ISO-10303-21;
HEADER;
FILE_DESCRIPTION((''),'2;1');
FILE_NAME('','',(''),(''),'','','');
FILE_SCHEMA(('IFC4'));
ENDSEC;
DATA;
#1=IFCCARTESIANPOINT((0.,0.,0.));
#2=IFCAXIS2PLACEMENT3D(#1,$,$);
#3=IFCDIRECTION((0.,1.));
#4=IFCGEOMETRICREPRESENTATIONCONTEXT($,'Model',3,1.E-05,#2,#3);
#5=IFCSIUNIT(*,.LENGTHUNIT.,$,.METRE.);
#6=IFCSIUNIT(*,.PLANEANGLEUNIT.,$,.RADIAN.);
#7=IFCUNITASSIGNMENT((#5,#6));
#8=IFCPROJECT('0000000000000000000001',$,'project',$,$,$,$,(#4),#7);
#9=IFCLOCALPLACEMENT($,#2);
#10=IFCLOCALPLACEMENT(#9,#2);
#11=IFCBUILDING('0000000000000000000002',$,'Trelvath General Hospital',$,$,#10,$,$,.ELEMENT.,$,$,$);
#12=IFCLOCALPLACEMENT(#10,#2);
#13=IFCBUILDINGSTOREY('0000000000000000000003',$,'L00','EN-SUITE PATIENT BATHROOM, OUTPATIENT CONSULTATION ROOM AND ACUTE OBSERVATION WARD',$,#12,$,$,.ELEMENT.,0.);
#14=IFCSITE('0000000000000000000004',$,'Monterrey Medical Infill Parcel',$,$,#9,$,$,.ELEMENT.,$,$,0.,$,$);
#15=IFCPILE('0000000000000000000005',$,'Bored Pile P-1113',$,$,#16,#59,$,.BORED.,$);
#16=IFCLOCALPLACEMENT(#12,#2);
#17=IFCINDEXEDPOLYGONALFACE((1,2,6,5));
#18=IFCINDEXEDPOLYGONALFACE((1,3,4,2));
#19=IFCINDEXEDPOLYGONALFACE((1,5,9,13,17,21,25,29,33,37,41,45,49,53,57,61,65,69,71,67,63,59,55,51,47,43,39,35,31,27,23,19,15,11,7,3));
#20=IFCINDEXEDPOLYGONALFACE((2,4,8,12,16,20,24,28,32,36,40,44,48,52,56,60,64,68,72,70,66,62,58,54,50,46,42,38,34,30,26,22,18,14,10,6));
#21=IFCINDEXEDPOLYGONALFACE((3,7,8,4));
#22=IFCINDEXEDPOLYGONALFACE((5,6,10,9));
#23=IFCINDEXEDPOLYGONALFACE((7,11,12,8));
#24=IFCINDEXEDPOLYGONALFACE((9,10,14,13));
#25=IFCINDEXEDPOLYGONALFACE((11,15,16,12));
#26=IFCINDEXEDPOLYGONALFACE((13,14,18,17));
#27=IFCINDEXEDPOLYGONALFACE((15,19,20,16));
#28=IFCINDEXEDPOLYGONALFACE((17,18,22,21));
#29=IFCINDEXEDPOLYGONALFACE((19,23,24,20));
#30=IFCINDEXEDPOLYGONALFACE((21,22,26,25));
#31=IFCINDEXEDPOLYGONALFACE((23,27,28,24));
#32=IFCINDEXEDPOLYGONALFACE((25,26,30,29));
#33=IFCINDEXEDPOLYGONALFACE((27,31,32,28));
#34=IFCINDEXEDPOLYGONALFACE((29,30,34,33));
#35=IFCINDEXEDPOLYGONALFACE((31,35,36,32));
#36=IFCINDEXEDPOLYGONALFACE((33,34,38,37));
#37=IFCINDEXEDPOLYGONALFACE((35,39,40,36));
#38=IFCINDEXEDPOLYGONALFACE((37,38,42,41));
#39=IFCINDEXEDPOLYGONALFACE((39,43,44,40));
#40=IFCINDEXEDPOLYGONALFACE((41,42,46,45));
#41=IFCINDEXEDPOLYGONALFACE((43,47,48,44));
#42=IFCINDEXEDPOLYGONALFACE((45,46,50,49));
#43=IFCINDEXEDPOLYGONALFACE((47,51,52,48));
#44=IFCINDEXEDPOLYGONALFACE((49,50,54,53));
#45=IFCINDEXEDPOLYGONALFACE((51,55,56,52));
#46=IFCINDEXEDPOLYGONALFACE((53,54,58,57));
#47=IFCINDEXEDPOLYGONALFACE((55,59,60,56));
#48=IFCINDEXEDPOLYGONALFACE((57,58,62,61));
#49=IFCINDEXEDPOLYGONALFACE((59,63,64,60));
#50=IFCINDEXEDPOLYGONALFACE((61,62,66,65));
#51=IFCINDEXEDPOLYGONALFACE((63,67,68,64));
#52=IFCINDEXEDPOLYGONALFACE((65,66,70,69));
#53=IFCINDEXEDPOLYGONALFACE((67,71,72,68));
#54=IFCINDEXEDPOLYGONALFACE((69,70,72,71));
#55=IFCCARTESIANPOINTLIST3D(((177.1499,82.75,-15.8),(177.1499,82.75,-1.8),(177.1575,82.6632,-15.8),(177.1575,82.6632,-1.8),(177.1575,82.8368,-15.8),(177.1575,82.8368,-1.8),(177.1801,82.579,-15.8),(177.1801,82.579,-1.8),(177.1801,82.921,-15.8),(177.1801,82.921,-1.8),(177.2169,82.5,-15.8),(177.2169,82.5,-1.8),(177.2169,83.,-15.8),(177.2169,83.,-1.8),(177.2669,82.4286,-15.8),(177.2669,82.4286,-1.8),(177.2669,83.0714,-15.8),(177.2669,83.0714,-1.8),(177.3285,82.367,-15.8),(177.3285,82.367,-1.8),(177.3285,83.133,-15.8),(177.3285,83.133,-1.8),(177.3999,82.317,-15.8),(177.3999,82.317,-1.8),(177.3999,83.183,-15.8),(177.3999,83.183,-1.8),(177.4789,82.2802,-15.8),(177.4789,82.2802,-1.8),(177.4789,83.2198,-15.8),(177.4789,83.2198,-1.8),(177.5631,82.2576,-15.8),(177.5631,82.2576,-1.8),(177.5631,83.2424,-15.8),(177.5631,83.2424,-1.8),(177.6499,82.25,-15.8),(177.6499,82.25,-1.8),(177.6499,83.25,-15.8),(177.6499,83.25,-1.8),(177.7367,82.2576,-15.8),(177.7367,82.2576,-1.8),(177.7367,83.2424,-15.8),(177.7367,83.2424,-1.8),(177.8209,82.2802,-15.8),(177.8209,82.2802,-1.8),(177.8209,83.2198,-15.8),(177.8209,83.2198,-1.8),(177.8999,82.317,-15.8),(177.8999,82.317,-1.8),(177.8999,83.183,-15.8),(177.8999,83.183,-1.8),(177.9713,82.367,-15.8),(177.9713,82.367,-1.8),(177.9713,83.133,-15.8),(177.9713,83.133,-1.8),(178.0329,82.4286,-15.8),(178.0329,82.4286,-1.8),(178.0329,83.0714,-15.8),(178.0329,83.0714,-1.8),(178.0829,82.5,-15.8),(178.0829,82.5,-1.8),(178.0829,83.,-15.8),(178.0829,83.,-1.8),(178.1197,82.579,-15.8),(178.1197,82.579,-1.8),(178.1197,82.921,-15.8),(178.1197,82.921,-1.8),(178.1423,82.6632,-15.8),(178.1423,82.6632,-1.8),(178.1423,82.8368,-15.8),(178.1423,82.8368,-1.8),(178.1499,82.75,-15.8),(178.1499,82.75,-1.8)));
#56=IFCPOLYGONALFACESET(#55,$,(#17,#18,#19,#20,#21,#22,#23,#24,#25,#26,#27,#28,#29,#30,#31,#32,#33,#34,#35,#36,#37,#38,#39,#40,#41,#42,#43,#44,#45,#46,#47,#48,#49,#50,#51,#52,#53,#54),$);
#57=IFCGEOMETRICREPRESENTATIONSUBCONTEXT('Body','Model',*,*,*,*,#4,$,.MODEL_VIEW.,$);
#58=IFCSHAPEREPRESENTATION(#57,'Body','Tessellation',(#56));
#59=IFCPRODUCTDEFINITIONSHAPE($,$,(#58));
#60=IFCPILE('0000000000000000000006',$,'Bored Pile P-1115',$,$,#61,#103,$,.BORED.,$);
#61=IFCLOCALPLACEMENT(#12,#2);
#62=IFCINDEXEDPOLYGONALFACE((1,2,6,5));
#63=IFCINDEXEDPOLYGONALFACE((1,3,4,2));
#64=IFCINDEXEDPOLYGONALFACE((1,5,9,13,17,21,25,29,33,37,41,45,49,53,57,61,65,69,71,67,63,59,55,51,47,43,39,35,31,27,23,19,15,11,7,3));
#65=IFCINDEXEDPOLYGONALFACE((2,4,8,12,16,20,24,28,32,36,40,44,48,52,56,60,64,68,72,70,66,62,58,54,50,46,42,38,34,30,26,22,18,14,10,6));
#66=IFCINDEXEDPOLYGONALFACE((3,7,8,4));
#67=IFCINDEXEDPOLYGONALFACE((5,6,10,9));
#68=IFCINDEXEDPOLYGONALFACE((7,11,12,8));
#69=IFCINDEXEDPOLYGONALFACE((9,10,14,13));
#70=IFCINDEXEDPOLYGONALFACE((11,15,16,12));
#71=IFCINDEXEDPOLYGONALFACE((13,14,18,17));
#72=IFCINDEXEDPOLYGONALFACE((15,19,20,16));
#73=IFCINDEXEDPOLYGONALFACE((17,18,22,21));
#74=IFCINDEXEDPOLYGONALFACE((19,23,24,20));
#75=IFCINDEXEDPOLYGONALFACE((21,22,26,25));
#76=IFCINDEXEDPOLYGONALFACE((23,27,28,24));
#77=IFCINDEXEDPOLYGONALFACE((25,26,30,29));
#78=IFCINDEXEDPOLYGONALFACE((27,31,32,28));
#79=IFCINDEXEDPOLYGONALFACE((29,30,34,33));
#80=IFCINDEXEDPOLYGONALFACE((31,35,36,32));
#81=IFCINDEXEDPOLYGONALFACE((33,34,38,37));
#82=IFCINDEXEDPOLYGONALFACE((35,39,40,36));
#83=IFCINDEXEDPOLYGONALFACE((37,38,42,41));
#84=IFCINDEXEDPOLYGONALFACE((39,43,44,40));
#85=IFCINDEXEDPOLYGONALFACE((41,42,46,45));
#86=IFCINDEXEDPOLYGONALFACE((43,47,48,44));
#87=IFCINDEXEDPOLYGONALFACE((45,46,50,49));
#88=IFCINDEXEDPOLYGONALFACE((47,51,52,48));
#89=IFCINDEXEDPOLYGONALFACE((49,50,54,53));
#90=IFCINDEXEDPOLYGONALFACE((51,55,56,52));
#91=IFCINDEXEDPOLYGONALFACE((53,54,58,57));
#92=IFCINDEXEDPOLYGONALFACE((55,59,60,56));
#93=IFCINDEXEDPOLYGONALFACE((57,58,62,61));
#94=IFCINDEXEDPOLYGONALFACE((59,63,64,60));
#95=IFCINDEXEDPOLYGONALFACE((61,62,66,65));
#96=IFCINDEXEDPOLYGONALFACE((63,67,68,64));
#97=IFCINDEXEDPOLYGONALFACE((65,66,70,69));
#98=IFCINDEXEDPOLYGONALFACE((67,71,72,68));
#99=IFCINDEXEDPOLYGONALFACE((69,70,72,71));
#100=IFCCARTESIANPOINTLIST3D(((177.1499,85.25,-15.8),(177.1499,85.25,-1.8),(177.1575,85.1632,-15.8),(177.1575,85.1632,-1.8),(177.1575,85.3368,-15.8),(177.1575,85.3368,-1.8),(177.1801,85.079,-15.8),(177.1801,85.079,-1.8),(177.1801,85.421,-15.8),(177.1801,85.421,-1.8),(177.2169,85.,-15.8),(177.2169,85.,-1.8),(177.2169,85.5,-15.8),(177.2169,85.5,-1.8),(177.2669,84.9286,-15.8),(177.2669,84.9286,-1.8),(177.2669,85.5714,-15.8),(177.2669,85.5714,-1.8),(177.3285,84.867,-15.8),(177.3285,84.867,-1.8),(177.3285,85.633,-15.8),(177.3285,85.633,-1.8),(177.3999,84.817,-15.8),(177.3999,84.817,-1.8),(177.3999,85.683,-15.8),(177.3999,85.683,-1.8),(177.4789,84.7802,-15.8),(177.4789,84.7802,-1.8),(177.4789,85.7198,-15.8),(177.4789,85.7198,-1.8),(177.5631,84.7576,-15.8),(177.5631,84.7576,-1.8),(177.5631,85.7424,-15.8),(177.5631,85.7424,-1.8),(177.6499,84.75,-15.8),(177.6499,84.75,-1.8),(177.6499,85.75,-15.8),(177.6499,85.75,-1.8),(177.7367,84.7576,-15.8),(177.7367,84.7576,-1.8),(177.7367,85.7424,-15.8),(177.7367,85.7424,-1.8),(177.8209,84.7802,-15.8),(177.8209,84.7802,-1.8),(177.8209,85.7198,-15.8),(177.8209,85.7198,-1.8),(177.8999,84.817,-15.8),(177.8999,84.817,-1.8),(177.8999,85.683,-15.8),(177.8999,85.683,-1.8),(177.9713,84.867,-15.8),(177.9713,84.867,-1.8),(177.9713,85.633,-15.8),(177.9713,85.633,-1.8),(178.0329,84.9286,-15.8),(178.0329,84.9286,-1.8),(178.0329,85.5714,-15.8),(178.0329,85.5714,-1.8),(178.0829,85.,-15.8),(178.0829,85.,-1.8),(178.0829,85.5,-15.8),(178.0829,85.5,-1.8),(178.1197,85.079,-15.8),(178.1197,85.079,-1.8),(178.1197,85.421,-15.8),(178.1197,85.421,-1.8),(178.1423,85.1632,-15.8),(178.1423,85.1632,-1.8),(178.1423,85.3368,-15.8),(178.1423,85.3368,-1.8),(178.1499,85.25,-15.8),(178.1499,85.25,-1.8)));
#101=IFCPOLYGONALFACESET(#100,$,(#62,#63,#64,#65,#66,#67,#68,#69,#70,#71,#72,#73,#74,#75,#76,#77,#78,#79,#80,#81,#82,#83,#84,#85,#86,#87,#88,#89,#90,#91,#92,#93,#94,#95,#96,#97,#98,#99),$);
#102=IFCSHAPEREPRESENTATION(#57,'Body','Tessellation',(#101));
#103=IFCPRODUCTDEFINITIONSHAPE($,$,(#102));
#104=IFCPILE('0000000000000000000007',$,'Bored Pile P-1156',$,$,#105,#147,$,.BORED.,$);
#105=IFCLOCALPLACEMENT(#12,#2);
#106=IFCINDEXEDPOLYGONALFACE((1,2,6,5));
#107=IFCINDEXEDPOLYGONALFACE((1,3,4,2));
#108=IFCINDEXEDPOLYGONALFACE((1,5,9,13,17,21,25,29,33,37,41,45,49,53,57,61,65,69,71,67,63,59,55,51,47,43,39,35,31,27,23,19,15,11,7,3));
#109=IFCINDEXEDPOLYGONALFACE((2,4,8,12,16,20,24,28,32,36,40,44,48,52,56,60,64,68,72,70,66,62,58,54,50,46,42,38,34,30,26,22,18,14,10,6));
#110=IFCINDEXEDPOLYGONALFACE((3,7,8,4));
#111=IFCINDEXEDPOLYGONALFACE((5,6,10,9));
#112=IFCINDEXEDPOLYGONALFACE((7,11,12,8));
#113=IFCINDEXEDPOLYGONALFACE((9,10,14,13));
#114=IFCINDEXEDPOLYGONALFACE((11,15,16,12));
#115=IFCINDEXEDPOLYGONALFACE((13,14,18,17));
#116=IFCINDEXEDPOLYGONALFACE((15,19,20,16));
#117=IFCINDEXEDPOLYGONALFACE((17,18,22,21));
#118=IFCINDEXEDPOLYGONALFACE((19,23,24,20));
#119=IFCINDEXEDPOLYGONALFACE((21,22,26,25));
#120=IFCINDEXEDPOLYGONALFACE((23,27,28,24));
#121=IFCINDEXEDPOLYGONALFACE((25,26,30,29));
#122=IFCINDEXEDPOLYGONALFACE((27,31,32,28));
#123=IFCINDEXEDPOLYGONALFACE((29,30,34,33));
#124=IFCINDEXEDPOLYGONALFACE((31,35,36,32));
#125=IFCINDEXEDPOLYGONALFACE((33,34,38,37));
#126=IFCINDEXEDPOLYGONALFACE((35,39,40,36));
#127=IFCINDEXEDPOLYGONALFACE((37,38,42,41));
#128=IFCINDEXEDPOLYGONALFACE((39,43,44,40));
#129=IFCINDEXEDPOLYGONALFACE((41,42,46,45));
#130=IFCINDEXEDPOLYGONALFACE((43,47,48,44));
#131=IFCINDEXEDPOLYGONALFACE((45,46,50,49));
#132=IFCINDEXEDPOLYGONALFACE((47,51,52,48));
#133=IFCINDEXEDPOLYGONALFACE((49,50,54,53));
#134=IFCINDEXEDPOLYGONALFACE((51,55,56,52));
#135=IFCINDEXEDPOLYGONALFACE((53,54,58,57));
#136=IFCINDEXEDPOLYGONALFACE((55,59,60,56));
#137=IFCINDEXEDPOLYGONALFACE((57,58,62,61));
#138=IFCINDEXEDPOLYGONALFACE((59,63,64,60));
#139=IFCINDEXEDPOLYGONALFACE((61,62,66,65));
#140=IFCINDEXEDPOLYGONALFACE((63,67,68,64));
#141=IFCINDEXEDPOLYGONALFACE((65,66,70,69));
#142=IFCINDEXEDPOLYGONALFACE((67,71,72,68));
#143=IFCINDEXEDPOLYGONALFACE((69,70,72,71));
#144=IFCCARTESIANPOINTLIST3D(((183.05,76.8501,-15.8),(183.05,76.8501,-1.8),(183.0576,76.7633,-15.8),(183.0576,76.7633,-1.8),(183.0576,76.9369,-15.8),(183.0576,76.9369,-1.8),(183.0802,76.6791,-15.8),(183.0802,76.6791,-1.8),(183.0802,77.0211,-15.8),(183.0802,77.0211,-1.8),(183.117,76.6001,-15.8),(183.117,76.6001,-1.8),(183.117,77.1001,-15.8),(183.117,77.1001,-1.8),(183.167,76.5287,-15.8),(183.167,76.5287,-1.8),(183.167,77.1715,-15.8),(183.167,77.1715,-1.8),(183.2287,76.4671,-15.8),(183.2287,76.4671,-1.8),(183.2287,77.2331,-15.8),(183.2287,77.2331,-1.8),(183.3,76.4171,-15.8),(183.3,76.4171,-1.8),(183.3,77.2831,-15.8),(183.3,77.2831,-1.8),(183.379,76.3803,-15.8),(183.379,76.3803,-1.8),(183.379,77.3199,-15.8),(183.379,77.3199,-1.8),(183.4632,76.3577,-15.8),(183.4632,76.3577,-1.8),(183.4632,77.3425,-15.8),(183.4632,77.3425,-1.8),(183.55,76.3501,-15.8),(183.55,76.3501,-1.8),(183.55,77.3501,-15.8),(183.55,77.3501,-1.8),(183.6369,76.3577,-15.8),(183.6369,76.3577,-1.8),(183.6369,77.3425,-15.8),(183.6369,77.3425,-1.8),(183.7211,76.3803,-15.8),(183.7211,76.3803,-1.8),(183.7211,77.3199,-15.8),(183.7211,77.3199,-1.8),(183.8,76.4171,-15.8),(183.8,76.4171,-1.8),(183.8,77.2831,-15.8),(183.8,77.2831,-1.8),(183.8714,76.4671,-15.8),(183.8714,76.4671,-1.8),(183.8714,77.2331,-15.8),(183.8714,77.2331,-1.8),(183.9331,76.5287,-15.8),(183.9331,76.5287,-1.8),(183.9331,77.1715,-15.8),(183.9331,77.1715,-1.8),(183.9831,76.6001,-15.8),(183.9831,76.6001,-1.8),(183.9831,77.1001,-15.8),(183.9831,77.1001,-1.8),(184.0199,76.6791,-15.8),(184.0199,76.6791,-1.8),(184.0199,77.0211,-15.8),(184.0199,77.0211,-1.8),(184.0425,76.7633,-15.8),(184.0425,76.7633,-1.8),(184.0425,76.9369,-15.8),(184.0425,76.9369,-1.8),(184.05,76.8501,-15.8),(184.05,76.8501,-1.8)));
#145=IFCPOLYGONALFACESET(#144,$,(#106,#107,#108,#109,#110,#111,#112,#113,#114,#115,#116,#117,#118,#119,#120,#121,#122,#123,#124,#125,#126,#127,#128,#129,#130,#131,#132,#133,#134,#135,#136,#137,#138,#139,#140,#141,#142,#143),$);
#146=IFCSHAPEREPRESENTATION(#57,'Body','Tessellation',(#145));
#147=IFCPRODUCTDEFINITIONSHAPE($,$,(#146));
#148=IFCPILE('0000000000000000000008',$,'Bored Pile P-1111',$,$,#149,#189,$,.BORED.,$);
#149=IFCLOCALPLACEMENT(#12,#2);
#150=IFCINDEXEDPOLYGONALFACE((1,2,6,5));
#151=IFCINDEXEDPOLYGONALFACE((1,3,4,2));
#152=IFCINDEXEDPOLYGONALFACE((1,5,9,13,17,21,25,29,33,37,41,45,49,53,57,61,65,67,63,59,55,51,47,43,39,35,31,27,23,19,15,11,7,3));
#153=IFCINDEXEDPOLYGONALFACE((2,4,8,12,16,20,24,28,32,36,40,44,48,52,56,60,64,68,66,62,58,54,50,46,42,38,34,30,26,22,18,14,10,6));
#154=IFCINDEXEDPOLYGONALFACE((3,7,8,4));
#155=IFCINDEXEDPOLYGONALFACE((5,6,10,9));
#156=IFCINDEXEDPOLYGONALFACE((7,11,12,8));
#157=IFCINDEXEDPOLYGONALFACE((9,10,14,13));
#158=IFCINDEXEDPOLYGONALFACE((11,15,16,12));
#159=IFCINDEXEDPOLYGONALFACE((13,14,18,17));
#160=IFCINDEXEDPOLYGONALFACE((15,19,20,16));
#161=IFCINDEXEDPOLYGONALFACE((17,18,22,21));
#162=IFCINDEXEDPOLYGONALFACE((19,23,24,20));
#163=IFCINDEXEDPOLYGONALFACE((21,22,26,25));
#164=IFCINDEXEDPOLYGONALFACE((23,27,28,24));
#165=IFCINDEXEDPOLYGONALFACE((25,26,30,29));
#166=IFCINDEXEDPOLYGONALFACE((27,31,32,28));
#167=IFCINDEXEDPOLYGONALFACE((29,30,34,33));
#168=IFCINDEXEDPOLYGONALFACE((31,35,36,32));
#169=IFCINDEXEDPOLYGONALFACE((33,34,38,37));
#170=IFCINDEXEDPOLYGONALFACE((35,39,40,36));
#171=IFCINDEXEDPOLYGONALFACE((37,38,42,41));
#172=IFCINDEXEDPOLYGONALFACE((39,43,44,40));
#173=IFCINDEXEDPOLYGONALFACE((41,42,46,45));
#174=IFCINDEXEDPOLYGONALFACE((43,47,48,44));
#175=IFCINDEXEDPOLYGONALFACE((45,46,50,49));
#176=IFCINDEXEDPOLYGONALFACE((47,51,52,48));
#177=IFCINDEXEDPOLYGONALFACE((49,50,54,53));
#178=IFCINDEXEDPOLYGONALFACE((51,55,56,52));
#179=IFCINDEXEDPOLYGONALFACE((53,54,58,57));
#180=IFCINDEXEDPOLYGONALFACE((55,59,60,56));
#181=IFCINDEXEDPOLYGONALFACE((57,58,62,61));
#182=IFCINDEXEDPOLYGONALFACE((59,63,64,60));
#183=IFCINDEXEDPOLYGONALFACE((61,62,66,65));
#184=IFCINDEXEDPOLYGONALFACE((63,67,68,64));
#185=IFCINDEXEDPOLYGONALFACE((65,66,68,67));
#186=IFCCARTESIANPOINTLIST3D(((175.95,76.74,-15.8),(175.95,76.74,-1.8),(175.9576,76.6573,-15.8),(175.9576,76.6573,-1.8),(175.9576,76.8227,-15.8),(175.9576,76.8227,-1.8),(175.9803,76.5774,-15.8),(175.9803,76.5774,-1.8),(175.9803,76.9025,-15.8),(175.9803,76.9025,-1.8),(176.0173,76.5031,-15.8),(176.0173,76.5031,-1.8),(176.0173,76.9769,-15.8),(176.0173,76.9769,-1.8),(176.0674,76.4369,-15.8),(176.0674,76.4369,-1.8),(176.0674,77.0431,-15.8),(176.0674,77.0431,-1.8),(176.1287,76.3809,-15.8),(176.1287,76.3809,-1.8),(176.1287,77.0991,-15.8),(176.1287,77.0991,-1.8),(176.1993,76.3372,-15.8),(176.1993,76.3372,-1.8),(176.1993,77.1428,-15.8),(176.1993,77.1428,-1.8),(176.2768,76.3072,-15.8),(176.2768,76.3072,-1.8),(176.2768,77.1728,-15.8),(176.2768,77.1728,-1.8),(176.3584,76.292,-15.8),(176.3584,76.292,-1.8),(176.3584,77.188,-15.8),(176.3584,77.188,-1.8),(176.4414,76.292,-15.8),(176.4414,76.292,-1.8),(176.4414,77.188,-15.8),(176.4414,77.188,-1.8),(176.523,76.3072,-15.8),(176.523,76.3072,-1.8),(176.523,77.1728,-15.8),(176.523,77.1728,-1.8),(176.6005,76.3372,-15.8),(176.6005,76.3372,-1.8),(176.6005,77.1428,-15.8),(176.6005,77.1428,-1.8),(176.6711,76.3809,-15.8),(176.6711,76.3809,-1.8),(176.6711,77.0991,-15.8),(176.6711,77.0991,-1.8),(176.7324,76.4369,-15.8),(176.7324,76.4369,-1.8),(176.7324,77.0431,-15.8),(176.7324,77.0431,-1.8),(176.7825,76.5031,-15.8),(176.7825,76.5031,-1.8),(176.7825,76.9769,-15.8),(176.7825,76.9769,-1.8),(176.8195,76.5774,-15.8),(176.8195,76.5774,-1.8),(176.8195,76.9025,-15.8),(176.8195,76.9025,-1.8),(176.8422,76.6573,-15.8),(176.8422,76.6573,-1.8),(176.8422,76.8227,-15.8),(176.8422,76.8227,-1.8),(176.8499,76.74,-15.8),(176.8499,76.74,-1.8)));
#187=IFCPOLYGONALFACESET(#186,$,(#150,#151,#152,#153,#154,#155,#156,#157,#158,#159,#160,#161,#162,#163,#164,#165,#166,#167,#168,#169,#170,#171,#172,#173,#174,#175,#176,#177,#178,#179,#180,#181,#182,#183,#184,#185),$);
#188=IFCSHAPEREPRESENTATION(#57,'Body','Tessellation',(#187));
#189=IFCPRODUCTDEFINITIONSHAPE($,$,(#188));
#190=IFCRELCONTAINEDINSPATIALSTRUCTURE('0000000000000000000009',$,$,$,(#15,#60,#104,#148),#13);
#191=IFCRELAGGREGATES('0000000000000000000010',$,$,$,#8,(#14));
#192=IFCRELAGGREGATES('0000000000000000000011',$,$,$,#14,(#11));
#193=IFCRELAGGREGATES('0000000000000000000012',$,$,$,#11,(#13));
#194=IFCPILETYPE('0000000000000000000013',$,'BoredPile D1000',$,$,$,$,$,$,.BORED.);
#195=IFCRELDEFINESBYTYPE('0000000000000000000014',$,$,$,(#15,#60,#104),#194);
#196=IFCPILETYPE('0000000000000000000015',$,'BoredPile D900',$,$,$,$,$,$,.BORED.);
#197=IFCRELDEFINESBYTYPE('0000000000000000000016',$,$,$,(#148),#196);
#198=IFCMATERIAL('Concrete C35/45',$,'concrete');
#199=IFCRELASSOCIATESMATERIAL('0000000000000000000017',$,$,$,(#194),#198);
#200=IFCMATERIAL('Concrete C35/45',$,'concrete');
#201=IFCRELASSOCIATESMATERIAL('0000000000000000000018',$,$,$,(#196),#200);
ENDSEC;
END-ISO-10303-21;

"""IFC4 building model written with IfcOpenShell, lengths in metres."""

from ifc_helpers import new_model, si_unit, direction, frame, origin, origin_2d, place, context, subcontext, project, spatial, circle, extrude, material, material_profile, profile_set, type_object, element, save


model = new_model("IFC4")

# Units and contexts
model_context = context("Model", 3, precision=1e-05, world=origin(), true_north=direction((0.0, 1.0)))
body_context = subcontext(model_context, "Body", "Model", "MODEL_VIEW")
ifc_project = project(units=[si_unit("LENGTHUNIT", "METRE"), si_unit("PLANEANGLEUNIT", "RADIAN")], contexts=[model_context])

# Site, building, storey
site_placement = place(None, origin())
site = spatial("IfcSite", under=ifc_project, at=site_placement, Name="Monterrey Medical Infill Parcel", CompositionType="ELEMENT", RefElevation=0.0)
building_placement = place(site_placement, origin())
building = spatial("IfcBuilding", under=site, at=building_placement, Name="Trelvath General Hospital", CompositionType="ELEMENT")
storey_placement = place(building_placement, origin())
storey = spatial("IfcBuildingStorey", under=building, at=storey_placement, Name="L00", Description="EN-SUITE PATIENT BATHROOM, OUTPATIENT CONSULTATION ROOM AND ACUTE OBSERVATION WARD", CompositionType="ELEMENT", Elevation=0.0)

# Piles
ifc_material_1 = material(Name="Concrete C35/45", Category="concrete")
ifc_material_profile_1 = material_profile(ifc_material_1, circle(Radius=0.5, at=origin_2d()), Name="PILE1000")
ifc_profile_set_1 = profile_set([ifc_material_profile_1], Name="Concrete C35/45")
pile_type_1 = type_object("IfcPileType", Name="BoredPile D1000", PredefinedType="BORED", material=ifc_profile_set_1)
for number, where, z_axis, x_axis, name in (
    (1, (177.6499, 82.75, -1.8), (0.0, 0.0, -1.0), (1.0, 0.0, 0.0), "Bored Pile P-1113"),
    (2, (177.6499, 85.25, -1.8), (0.0, 0.0, -1.0), (1.0, 0.0, 0.0), "Bored Pile P-1115"),
    (3, (183.55, 76.8501, -1.8), (0.0, 0.0, -1.0), (1.0, 0.0, 0.0), "Bored Pile P-1156"),
):
    element("IfcPile", number, at=place(storey_placement, frame(where, z_axis=z_axis, x_axis=x_axis)), inside=storey, type_object=pile_type_1, Name=name, PredefinedType="BORED", context=body_context, shape_type="SweptSolid", body=[
        extrude(circle(Radius=0.5, at=origin_2d()), origin(), (0.0, 0.0, 1.0), 14.0),
    ])
ifc_material_2 = material(Name="Concrete C35/45", Category="concrete")
ifc_material_profile_2 = material_profile(ifc_material_2, circle(Radius=0.45, at=origin_2d()), Name="PILE900")
ifc_profile_set_2 = profile_set([ifc_material_profile_2], Name="Concrete C35/45")
pile_type_2 = type_object("IfcPileType", Name="BoredPile D900", PredefinedType="BORED", material=ifc_profile_set_2)
for number, where, z_axis, x_axis, name in (
    (4, (176.3999, 76.74, -1.8), (0.0, 0.0, -1.0), (1.0, 0.0, 0.0), "Bored Pile P-1111"),
):
    element("IfcPile", number, at=place(storey_placement, frame(where, z_axis=z_axis, x_axis=x_axis)), inside=storey, type_object=pile_type_2, Name=name, PredefinedType="BORED", context=body_context, shape_type="SweptSolid", body=[
        extrude(circle(Radius=0.45, at=origin_2d()), origin(), (0.0, 0.0, 1.0), 14.0),
    ])

save(model, "model.ifc")
